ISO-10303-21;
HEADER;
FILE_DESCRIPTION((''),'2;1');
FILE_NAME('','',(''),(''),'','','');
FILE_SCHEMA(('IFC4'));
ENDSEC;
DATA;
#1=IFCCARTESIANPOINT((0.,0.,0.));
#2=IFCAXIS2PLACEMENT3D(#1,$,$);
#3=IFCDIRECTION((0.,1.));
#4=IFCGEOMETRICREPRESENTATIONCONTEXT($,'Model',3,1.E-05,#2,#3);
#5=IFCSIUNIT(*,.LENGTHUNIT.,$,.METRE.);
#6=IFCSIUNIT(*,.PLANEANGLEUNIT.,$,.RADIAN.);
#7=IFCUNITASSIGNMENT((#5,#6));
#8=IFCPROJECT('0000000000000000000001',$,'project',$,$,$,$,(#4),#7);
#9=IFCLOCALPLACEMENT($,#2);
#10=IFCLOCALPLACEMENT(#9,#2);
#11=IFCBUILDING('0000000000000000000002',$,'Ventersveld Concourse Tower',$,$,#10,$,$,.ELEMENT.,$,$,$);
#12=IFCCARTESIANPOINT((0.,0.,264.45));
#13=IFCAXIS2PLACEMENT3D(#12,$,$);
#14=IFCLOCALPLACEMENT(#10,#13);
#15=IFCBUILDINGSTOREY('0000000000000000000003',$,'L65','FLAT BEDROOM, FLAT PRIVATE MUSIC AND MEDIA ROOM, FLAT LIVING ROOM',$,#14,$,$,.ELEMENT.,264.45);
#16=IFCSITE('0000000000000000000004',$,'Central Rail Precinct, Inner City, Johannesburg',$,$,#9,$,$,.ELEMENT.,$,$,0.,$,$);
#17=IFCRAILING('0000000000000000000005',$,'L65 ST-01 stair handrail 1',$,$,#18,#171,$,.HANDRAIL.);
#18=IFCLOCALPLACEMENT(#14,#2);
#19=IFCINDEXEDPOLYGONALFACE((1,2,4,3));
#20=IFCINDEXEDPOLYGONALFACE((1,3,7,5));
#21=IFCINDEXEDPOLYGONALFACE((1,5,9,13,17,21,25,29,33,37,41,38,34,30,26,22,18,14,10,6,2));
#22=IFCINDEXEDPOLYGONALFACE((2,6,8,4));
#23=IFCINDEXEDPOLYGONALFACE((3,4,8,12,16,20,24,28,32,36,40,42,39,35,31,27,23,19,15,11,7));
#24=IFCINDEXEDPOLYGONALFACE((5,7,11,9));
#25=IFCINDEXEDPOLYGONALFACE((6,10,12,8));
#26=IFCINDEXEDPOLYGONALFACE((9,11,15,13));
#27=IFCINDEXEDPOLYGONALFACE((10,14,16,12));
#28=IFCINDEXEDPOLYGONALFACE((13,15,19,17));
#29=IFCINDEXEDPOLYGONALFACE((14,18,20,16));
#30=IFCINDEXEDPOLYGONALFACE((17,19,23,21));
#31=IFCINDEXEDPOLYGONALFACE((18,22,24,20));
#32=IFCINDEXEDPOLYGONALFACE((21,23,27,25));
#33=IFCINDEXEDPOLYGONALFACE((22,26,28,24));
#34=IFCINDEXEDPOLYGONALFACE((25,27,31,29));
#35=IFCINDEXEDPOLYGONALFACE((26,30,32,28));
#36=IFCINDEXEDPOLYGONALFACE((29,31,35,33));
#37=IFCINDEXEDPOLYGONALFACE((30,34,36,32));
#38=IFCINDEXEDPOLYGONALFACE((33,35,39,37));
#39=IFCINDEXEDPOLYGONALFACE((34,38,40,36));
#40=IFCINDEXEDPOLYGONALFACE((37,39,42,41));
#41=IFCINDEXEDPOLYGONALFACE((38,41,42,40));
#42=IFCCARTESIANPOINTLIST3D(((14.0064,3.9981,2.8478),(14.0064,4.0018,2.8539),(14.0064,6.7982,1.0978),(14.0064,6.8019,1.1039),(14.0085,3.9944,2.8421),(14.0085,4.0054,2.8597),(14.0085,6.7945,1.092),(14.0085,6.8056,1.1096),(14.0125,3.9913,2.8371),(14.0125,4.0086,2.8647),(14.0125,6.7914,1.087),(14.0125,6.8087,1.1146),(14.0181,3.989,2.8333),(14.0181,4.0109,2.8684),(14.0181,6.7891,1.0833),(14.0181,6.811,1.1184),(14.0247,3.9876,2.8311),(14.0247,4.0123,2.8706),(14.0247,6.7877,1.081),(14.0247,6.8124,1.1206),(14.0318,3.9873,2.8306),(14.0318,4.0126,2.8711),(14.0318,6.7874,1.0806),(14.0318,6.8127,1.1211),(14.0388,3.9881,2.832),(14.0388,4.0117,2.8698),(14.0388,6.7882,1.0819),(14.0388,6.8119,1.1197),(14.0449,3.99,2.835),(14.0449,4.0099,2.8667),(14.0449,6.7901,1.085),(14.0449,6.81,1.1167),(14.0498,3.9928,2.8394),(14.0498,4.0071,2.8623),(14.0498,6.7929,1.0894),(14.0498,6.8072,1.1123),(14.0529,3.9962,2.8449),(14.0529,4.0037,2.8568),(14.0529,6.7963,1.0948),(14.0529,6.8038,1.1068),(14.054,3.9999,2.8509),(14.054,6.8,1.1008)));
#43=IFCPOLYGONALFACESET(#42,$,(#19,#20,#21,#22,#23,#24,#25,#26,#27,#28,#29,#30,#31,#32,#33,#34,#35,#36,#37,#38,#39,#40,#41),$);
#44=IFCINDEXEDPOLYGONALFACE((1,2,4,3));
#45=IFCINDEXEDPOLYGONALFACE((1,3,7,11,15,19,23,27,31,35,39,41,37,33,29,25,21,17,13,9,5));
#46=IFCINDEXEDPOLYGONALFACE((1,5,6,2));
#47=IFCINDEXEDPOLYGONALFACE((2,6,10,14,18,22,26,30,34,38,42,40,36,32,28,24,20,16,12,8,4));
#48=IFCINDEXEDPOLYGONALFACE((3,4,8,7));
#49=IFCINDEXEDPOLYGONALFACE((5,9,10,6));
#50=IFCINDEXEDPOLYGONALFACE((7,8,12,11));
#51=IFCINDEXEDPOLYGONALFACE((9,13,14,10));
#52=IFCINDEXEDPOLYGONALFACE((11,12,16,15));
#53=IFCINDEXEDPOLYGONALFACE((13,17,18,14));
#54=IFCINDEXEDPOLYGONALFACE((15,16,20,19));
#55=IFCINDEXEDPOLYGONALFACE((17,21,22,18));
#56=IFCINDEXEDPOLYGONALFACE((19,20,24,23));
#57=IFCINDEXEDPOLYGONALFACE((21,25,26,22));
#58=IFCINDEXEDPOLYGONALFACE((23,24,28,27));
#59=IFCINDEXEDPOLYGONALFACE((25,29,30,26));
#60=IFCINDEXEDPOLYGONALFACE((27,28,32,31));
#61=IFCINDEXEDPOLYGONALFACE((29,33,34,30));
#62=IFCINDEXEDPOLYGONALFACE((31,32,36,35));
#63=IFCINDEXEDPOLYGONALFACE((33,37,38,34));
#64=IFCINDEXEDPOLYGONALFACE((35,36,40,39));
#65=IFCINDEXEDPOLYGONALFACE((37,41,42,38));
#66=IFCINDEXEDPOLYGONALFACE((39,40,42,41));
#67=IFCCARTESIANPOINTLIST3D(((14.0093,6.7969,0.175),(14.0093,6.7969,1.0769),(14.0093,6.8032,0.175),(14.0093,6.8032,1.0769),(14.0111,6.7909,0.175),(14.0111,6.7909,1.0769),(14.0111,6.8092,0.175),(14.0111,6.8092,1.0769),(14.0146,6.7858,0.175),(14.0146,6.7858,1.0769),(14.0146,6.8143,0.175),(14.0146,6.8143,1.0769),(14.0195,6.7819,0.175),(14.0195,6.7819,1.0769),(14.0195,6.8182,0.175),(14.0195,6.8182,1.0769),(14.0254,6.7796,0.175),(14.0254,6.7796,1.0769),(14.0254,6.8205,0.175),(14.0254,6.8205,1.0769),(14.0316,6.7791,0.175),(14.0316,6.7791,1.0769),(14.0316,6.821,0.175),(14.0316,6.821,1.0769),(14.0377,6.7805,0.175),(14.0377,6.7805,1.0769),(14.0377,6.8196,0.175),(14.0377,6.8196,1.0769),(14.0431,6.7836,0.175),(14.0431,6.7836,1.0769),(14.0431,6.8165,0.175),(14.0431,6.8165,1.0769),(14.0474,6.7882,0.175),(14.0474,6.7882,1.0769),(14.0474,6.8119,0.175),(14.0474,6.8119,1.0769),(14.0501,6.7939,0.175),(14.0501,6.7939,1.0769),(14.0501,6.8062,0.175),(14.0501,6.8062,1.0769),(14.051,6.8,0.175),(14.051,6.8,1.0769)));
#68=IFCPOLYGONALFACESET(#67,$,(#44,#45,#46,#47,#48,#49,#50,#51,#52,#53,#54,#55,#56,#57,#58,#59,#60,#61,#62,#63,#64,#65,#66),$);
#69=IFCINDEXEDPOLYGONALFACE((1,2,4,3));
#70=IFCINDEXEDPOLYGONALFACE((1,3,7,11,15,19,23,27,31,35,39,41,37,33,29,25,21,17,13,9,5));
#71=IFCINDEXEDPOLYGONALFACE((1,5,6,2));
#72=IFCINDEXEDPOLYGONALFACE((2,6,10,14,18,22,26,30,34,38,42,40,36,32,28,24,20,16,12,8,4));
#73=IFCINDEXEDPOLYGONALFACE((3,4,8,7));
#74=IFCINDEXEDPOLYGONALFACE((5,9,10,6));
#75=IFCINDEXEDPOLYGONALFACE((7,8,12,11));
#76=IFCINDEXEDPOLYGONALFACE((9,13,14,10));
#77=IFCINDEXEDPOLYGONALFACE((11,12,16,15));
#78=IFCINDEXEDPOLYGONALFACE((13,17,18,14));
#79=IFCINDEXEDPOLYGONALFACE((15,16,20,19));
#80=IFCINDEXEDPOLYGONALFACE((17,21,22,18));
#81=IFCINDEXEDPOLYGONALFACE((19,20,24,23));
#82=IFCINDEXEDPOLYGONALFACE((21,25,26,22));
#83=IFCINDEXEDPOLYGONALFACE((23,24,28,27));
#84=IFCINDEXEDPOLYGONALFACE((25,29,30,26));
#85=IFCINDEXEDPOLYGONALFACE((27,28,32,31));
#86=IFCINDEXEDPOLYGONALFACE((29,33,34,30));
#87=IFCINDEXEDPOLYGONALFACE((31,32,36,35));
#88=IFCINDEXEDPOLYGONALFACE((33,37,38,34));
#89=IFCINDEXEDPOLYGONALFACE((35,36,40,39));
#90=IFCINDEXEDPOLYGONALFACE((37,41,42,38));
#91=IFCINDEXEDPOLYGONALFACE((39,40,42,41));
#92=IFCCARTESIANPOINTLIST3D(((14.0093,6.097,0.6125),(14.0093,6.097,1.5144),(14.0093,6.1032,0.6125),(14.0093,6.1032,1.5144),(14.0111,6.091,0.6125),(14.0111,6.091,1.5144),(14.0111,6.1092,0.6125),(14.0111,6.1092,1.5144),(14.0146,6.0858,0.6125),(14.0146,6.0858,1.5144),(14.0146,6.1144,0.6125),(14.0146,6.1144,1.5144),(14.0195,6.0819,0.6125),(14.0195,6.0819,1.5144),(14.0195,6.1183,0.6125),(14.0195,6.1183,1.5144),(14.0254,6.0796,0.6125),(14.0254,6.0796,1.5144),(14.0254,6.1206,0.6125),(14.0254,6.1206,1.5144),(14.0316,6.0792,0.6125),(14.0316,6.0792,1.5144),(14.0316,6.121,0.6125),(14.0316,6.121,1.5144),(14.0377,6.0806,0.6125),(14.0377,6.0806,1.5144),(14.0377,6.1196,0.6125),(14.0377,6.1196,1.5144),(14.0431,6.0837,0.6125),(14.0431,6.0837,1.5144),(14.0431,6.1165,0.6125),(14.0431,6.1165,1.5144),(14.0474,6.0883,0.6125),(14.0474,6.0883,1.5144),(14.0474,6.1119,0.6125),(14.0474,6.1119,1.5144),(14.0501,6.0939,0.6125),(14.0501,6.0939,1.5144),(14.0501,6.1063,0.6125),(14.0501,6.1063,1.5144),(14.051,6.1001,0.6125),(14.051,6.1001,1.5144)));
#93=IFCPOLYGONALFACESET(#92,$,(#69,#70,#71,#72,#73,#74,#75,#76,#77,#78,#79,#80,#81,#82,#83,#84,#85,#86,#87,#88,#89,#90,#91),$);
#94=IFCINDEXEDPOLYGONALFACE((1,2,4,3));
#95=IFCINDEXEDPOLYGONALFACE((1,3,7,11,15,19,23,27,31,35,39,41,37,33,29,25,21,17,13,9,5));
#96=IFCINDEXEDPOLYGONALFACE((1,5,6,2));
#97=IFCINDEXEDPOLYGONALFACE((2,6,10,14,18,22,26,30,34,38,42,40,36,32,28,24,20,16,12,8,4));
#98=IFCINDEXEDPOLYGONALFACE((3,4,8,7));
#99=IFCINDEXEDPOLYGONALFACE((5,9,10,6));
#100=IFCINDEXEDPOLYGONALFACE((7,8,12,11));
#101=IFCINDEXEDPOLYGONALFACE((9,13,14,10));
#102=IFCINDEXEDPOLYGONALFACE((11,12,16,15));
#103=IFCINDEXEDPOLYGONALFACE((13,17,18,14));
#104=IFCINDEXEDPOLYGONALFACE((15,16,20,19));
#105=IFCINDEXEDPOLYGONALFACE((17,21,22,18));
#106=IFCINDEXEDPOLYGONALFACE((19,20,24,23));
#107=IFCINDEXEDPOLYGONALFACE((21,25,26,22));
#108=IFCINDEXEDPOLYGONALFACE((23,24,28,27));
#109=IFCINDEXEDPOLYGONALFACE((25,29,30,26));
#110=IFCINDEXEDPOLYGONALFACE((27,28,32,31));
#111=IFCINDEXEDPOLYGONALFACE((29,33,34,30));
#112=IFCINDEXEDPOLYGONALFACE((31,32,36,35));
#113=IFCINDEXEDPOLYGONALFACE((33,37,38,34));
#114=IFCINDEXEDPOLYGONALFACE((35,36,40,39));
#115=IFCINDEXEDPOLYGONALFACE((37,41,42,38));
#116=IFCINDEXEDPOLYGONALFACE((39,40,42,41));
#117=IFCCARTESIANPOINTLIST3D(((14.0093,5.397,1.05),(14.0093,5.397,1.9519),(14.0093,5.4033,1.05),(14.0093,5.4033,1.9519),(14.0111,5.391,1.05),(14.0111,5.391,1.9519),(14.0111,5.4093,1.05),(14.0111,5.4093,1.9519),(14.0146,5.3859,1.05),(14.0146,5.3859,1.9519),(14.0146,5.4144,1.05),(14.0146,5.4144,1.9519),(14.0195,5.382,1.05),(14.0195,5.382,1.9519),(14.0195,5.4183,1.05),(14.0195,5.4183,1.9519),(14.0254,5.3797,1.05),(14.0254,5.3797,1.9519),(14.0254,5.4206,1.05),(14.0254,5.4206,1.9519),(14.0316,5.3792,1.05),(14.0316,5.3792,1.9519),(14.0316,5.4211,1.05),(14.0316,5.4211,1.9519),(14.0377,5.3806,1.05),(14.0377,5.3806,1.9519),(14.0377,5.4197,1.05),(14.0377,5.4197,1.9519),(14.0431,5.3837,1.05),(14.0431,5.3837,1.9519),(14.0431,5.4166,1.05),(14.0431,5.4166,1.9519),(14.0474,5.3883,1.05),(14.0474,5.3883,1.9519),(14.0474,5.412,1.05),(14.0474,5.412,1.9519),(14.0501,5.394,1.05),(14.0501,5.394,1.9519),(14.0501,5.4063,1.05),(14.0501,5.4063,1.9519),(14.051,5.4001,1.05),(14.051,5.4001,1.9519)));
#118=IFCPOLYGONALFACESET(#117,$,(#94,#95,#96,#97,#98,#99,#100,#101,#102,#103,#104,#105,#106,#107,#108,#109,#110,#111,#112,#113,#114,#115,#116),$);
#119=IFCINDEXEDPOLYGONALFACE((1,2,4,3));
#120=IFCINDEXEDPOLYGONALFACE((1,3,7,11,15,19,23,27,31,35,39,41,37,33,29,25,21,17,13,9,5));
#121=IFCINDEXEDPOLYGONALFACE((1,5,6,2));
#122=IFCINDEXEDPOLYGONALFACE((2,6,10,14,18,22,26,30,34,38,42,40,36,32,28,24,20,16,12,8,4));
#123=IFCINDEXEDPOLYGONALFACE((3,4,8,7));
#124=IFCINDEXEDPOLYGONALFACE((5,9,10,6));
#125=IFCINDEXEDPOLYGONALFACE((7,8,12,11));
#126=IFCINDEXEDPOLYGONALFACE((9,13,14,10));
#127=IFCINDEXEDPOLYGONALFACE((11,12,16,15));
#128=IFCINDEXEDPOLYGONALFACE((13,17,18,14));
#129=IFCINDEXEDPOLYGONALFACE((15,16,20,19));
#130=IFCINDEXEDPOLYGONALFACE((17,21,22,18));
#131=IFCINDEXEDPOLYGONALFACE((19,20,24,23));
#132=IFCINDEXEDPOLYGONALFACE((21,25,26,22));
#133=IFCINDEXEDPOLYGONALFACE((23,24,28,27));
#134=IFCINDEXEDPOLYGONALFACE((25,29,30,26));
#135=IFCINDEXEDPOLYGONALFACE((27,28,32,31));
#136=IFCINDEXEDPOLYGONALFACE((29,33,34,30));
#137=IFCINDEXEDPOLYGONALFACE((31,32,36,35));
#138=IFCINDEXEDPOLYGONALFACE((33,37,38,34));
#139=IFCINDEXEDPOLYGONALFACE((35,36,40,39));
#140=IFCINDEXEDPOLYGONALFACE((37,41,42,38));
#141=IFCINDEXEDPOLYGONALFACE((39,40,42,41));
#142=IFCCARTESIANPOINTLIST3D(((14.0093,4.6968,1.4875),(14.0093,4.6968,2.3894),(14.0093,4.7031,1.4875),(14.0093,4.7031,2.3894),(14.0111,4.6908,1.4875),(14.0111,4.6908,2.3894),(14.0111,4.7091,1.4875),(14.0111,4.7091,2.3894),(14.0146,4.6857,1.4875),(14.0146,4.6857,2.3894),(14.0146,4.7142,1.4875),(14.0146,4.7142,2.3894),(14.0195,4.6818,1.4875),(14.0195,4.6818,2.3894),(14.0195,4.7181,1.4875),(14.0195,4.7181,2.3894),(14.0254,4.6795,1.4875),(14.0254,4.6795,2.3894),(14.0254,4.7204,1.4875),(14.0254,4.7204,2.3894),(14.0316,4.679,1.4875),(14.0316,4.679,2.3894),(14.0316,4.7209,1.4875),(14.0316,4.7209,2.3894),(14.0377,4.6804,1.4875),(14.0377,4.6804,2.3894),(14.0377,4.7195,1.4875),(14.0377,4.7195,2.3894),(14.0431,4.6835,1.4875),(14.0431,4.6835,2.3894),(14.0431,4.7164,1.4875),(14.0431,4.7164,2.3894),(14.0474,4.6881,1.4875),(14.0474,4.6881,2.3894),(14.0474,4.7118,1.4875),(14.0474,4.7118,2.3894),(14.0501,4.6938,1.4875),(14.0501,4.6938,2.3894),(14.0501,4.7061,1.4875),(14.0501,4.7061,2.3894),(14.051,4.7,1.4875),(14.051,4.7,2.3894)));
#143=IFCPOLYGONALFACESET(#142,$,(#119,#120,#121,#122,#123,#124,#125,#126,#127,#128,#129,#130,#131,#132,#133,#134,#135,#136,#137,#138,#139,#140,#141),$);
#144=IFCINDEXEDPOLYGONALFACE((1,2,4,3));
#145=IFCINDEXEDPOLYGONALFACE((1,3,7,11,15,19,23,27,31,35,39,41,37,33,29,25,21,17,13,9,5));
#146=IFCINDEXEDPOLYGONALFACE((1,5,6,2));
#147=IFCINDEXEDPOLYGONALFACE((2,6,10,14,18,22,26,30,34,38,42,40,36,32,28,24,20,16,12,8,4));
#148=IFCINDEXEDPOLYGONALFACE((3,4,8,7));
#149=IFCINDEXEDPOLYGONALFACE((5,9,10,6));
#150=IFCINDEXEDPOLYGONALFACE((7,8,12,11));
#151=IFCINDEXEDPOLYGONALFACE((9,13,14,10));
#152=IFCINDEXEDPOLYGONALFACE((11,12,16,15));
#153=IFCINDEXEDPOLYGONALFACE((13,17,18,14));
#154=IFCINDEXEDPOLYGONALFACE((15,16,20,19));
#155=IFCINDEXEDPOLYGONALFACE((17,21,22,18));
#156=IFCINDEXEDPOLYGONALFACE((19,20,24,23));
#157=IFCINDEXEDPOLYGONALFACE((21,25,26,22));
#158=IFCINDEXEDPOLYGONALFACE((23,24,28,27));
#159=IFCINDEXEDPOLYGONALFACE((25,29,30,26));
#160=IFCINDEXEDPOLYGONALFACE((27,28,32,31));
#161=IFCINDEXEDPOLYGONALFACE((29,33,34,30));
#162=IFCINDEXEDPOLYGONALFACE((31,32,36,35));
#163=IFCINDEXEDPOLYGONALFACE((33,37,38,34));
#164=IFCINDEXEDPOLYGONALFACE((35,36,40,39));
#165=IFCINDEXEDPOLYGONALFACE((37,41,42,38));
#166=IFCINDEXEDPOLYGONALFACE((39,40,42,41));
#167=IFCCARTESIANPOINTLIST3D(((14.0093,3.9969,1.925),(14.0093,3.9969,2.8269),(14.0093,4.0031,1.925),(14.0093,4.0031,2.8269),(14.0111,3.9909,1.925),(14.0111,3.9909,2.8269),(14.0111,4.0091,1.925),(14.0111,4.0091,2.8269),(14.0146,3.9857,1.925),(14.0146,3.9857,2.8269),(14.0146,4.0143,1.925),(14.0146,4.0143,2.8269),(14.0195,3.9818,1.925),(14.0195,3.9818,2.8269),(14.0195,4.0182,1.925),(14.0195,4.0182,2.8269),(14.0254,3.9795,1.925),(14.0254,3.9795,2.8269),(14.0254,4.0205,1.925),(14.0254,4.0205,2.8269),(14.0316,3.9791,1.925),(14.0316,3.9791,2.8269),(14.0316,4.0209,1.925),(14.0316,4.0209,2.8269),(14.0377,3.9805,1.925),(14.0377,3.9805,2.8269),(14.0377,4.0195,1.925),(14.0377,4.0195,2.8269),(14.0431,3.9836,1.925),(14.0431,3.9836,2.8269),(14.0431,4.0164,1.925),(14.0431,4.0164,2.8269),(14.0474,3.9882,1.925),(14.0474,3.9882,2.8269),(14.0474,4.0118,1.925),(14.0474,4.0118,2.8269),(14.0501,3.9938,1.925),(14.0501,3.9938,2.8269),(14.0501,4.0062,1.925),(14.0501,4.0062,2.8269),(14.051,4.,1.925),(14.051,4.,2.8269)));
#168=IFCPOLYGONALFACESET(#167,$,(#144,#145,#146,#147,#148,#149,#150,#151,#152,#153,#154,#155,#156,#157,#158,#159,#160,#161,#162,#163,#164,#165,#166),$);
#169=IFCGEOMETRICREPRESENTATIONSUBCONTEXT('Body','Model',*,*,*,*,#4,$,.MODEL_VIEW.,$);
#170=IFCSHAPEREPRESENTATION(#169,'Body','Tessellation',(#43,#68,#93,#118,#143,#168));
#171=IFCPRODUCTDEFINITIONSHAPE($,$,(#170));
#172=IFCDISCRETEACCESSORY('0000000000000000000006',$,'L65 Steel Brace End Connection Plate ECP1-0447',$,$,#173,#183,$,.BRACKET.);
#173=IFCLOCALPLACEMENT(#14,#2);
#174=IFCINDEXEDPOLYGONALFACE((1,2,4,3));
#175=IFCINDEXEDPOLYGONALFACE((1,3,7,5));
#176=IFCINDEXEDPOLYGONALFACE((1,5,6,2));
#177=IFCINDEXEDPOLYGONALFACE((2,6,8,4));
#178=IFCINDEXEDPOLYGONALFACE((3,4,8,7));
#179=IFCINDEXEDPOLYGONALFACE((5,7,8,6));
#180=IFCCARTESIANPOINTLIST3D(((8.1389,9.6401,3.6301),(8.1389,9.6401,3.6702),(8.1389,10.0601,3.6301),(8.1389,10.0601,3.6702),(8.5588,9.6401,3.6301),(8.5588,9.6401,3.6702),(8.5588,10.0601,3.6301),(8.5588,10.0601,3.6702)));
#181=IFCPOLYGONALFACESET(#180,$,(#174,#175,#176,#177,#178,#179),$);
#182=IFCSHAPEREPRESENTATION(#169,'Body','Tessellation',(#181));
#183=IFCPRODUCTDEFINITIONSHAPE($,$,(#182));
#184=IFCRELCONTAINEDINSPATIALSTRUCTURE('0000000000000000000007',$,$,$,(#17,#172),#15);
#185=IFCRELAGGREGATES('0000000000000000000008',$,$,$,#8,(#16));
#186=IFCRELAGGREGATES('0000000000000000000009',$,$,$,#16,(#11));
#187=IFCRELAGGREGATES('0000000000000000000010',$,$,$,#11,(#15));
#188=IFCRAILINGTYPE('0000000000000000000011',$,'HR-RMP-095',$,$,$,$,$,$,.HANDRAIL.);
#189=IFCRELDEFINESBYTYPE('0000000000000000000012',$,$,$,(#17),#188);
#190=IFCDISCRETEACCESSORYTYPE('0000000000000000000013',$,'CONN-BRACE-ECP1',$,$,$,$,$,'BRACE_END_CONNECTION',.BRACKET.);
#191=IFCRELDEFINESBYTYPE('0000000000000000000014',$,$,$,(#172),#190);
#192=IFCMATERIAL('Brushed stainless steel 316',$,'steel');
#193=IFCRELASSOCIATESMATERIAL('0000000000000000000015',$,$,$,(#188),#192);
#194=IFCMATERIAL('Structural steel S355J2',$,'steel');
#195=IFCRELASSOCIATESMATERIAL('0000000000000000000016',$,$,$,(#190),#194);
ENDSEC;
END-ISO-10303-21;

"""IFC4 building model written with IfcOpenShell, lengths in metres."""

from ifc_helpers import new_model, si_unit, direction, frame, origin, origin_2d, place, context, subcontext, project, spatial, rectangle, circle, extrude, material, type_object, element, save


model = new_model("IFC4")

# Units and contexts
model_context = context("Model", 3, precision=1e-05, world=origin(), true_north=direction((0.0, 1.0)))
body_context = subcontext(model_context, "Body", "Model", "MODEL_VIEW")
ifc_project = project(units=[si_unit("LENGTHUNIT", "METRE"), si_unit("PLANEANGLEUNIT", "RADIAN")], contexts=[model_context])

# Site, building, storey
site_placement = place(None, origin())
site = spatial("IfcSite", under=ifc_project, at=site_placement, Name="Central Rail Precinct, Inner City, Johannesburg", CompositionType="ELEMENT", RefElevation=0.0)
building_placement = place(site_placement, origin())
building = spatial("IfcBuilding", under=site, at=building_placement, Name="Ventersveld Concourse Tower", CompositionType="ELEMENT")
storey_placement = place(building_placement, frame((0.0, 0.0, 264.45)))
storey = spatial("IfcBuildingStorey", under=building, at=storey_placement, Name="L65", Description="FLAT BEDROOM, FLAT PRIVATE MUSIC AND MEDIA ROOM, FLAT LIVING ROOM", CompositionType="ELEMENT", Elevation=264.45)

# Shared definitions
ifc_material_1 = material(Name="Structural steel S355J2", Category="steel")

# Railing
ifc_material_2 = material(Name="Brushed stainless steel 316", Category="steel")
railing_type = type_object("IfcRailingType", Name="HR-RMP-095", PredefinedType="HANDRAIL", material=ifc_material_2)
railing_placement = place(storey_placement, frame((14.03, 6.8, 0.175)))
element("IfcRailing", 1, at=railing_placement, inside=storey, type_object=railing_type, Name="L65 ST-01 stair handrail 1", PredefinedType="HANDRAIL", context=body_context, shape_type="SweptSolid", body=[
    extrude(circle(Radius=0.0239, at=origin_2d()), frame((0.0, 0.0, 0.9258), z_axis=(0.0, -0.848002, 0.529992), x_axis=(1.0, 0.0, 0.0)), (0.0, 0.0, 1.0), 3.302),
    extrude(circle(Radius=0.021, at=origin_2d()), origin(), (0.0, 0.0, 1.0), 0.9019),
    extrude(circle(Radius=0.021, at=origin_2d()), frame((0.0, -0.7, 0.4375)), (0.0, 0.0, 1.0), 0.9019),
    extrude(circle(Radius=0.021, at=origin_2d()), frame((0.0, -1.3999, 0.875)), (0.0, 0.0, 1.0), 0.9019),
    extrude(circle(Radius=0.021, at=origin_2d()), frame((0.0, -2.1001, 1.3125)), (0.0, 0.0, 1.0), 0.9019),
    extrude(circle(Radius=0.021, at=origin_2d()), frame((0.0, -2.8, 1.75)), (0.0, 0.0, 1.0), 0.9019),
])

# Discrete accessory
discrete_accessory_type = type_object("IfcDiscreteAccessoryType", Name="CONN-BRACE-ECP1", ElementType="BRACE_END_CONNECTION", PredefinedType="BRACKET", material=ifc_material_1)
discrete_accessory_placement = place(storey_placement, frame((8.3489, 9.8501, 3.6301), z_axis=(0.0, 0.0, 1.0), x_axis=(1.0, 0.0, 0.0)))
element("IfcDiscreteAccessory", 2, at=discrete_accessory_placement, inside=storey, type_object=discrete_accessory_type, Name="L65 Steel Brace End Connection Plate ECP1-0447", PredefinedType="BRACKET", context=body_context, shape_type="SweptSolid", body=[
    extrude(rectangle(XDim=0.4199, YDim=0.4199, at=origin_2d()), origin(), (0.0, 0.0, 1.0), 0.04),
])

save(model, "model.ifc")
